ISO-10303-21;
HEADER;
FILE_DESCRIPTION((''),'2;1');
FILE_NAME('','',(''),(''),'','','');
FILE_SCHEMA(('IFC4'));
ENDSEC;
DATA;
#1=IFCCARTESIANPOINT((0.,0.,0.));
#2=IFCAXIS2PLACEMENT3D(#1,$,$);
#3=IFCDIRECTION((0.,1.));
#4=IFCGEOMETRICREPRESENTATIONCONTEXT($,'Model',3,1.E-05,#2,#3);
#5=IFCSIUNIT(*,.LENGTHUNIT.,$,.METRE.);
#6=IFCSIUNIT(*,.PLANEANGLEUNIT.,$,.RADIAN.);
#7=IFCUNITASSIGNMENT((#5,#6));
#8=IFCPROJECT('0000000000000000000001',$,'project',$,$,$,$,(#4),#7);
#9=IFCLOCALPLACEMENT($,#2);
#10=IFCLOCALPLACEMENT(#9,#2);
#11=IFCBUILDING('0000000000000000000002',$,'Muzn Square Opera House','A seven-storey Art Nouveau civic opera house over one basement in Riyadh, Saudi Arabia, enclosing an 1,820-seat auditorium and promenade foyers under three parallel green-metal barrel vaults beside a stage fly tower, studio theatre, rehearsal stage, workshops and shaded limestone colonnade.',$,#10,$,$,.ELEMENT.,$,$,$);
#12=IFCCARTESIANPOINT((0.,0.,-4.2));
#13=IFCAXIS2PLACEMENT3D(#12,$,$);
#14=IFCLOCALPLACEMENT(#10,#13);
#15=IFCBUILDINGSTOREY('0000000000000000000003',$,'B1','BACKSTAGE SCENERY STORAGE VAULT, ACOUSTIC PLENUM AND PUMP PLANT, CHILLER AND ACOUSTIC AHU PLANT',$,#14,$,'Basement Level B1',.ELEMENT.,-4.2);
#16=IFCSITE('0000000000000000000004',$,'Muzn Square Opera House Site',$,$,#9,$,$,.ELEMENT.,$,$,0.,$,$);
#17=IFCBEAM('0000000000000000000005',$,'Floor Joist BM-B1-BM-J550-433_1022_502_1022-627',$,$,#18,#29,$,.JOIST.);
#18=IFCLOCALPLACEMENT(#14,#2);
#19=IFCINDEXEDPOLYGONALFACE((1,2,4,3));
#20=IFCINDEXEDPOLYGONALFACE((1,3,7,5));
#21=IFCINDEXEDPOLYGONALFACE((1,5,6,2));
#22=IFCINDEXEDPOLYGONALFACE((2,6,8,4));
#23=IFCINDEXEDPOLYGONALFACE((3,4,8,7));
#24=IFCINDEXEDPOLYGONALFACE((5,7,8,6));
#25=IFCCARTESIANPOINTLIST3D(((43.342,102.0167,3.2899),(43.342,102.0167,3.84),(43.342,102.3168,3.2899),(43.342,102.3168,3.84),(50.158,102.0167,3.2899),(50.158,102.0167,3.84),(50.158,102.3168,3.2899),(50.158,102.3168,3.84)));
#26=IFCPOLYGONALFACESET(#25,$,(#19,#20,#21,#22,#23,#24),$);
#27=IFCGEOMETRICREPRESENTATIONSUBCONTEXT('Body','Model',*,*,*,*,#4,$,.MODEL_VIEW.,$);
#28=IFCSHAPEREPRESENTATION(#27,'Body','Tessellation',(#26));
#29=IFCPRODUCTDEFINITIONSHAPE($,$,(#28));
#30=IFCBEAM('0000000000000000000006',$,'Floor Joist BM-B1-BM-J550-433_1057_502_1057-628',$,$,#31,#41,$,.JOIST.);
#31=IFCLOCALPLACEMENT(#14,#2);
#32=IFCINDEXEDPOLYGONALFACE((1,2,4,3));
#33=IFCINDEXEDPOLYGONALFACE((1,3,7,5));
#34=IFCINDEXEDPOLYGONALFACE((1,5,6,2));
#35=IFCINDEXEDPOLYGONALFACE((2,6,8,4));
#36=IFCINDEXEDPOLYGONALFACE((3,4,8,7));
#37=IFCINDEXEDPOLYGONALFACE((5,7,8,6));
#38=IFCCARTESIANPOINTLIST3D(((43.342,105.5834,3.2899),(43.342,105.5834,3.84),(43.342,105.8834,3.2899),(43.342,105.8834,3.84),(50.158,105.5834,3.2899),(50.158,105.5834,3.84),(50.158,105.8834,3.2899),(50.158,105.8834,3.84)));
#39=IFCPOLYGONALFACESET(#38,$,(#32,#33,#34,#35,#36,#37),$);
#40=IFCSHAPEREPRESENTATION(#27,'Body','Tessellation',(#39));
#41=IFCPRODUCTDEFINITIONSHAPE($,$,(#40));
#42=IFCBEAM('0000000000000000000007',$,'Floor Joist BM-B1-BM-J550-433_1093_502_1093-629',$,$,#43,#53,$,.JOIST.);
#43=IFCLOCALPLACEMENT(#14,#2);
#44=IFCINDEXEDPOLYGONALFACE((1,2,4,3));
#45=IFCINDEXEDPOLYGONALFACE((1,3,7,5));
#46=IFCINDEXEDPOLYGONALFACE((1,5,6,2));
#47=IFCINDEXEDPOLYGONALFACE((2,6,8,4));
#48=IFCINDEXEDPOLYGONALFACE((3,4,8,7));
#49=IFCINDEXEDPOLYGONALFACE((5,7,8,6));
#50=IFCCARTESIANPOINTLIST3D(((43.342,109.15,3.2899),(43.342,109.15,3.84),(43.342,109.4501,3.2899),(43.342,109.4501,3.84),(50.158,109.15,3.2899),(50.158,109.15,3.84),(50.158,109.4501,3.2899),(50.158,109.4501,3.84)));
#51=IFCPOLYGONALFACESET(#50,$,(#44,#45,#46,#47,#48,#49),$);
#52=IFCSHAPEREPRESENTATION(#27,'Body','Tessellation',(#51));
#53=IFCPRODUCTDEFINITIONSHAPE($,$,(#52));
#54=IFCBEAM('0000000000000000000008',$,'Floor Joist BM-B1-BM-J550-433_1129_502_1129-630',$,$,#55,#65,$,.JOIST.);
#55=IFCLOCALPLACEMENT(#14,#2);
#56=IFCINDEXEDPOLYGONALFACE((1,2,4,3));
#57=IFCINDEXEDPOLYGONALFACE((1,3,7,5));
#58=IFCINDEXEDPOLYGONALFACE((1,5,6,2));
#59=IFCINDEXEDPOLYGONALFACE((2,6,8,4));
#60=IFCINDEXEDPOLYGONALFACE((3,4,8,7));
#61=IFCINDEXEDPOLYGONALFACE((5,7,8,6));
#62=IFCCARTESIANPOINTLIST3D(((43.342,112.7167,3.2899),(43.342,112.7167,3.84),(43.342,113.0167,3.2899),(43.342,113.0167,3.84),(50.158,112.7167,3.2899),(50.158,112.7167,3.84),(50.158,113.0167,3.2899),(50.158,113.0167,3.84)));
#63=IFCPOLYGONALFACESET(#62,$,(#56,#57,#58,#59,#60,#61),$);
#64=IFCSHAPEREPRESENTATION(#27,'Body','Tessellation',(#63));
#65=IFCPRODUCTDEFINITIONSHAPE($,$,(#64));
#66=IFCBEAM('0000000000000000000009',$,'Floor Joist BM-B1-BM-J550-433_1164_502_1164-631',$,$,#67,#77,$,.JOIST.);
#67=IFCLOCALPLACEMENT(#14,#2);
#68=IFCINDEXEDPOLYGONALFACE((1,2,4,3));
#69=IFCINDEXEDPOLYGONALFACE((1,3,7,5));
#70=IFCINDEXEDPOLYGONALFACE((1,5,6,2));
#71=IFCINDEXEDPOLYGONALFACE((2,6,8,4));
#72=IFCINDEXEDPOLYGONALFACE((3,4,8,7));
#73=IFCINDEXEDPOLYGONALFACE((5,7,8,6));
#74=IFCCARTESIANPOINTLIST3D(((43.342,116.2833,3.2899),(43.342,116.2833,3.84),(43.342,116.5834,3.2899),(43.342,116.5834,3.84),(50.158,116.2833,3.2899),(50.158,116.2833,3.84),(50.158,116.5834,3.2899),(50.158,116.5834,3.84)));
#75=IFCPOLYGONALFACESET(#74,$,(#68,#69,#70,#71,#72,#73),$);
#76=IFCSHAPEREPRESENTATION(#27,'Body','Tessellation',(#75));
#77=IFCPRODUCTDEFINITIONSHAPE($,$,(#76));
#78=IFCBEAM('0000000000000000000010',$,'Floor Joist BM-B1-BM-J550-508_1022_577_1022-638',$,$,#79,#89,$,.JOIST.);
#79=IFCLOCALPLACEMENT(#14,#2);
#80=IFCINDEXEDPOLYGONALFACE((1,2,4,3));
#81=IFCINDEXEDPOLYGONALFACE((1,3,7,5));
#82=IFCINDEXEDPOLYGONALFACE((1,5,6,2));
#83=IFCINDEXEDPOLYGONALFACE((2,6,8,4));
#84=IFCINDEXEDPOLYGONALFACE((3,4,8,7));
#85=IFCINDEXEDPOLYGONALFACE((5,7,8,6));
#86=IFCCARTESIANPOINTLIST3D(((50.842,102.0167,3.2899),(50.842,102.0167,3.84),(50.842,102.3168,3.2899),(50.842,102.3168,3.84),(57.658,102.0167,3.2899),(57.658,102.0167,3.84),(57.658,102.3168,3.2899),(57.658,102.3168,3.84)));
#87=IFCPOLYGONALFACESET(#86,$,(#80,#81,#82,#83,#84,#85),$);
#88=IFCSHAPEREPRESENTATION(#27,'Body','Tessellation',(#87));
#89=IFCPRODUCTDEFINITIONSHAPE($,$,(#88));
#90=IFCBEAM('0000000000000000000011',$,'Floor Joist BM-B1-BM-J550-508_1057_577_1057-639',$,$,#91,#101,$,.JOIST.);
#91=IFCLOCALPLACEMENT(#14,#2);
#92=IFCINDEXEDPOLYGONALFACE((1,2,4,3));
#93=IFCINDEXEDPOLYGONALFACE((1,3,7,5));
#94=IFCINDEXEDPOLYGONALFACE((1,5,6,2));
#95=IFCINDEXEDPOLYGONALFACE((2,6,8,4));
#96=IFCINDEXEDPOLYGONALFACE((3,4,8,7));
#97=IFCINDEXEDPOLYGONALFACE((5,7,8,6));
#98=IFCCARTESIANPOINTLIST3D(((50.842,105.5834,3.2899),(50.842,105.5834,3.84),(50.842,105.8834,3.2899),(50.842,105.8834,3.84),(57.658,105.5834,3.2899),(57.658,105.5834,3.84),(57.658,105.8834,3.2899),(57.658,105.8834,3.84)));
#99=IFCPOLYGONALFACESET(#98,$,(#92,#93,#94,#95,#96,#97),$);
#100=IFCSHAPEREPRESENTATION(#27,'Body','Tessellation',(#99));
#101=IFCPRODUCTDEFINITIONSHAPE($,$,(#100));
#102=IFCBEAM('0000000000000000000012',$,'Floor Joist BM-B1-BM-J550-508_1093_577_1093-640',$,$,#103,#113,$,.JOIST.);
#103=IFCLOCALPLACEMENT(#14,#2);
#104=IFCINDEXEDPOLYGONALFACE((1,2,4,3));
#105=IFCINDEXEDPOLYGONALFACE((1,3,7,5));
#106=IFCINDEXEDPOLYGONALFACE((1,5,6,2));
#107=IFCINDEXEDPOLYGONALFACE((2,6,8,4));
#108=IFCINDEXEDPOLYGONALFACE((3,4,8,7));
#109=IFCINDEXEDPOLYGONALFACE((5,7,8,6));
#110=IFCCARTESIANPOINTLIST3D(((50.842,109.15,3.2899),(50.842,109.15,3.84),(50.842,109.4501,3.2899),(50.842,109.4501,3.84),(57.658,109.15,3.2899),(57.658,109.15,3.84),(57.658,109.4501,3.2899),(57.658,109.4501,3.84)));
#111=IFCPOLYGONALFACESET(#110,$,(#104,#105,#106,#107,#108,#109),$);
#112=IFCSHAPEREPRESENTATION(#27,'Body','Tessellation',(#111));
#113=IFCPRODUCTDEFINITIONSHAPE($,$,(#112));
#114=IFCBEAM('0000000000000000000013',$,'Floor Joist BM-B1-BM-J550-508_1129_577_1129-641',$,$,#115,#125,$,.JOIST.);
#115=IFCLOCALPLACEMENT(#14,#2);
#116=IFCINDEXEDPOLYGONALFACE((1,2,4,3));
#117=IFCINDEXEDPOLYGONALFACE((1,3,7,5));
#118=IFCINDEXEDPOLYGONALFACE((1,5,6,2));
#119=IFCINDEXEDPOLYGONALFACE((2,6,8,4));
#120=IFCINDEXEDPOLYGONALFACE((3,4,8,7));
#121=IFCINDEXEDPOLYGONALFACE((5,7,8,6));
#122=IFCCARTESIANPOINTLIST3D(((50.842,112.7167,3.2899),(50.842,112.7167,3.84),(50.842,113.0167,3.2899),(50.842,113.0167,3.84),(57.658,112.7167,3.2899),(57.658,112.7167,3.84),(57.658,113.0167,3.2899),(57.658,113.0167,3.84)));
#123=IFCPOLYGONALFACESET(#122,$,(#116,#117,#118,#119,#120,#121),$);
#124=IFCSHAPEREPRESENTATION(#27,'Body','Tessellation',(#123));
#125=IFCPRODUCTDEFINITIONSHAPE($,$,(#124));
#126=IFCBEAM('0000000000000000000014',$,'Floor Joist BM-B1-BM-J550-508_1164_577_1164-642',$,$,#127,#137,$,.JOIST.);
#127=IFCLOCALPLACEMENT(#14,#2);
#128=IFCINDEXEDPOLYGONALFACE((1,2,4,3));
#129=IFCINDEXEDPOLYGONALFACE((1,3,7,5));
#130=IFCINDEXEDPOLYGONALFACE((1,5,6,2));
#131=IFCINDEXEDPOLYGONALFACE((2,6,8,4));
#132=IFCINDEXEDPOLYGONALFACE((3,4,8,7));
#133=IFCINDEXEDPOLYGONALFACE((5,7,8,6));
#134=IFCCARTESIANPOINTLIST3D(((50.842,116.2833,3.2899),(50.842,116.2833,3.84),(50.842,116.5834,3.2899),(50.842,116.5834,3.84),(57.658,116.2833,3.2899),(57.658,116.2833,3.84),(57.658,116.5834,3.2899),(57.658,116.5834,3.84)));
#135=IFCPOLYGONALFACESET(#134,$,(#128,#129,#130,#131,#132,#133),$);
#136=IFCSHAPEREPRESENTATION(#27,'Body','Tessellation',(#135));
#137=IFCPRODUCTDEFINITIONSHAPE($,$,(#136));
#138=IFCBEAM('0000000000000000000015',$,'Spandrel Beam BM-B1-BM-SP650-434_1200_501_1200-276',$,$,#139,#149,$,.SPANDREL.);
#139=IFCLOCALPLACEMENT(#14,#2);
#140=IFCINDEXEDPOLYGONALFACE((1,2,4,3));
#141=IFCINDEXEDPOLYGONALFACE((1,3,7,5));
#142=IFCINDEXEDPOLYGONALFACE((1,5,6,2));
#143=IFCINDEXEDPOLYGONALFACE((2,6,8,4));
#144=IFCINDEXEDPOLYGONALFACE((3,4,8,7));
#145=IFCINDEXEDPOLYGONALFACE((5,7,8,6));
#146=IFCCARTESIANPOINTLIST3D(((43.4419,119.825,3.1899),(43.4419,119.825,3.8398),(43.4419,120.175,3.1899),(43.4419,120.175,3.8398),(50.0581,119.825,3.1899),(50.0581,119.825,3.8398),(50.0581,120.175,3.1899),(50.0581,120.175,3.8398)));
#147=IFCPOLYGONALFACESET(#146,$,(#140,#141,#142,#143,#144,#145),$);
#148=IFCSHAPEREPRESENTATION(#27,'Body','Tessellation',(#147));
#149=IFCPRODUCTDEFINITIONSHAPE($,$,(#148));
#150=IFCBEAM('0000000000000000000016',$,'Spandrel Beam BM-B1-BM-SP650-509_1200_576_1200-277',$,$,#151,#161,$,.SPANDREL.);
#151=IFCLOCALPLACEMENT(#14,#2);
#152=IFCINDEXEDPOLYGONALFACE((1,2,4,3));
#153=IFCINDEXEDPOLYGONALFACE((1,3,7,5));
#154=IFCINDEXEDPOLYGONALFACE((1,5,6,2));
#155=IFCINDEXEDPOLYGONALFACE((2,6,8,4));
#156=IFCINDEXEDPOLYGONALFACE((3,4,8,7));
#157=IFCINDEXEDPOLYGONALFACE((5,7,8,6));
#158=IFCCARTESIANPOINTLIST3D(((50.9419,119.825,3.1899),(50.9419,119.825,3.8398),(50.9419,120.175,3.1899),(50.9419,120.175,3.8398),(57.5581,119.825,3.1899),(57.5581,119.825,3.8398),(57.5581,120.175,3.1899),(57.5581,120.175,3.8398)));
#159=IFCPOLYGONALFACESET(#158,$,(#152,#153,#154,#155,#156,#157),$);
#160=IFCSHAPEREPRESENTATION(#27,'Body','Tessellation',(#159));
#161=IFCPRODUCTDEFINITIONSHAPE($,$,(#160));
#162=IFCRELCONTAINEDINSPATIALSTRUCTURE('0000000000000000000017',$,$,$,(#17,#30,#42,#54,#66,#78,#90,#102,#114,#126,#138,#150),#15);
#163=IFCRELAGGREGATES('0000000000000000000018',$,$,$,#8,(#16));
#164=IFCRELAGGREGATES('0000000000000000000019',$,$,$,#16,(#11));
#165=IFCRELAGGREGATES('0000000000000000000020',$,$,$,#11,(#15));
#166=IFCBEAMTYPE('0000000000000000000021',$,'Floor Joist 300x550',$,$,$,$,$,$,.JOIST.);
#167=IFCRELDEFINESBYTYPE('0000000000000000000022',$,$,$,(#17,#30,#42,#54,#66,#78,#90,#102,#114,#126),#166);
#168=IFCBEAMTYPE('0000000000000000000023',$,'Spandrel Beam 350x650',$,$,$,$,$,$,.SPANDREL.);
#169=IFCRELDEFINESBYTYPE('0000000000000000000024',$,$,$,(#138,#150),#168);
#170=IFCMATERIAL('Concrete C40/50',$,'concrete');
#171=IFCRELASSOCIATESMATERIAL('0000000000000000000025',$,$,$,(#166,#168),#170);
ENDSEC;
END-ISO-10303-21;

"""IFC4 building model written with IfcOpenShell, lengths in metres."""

from ifc_helpers import new_model, si_unit, direction, frame, origin, origin_2d, place, context, subcontext, project, spatial, rectangle, extrude, material, material_profile, profile_set, type_object, element, save


model = new_model("IFC4")

# Units and contexts
model_context = context("Model", 3, precision=1e-05, world=origin(), true_north=direction((0.0, 1.0)))
body_context = subcontext(model_context, "Body", "Model", "MODEL_VIEW")
ifc_project = project(units=[si_unit("LENGTHUNIT", "METRE"), si_unit("PLANEANGLEUNIT", "RADIAN")], contexts=[model_context])

# Site, building, storey
site_placement = place(None, origin())
site = spatial("IfcSite", under=ifc_project, at=site_placement, Name="Muzn Square Opera House Site", CompositionType="ELEMENT", RefElevation=0.0)
building_placement = place(site_placement, origin())
building = spatial("IfcBuilding", under=site, at=building_placement, Name="Muzn Square Opera House", Description="A seven-storey Art Nouveau civic opera house over one basement in Riyadh, Saudi Arabia, enclosing an 1,820-seat auditorium and promenade foyers under three parallel green-metal barrel vaults beside a stage fly tower, studio theatre, rehearsal stage, workshops and shaded limestone colonnade.", CompositionType="ELEMENT")
storey_placement = place(building_placement, frame((0.0, 0.0, -4.2)))
storey = spatial("IfcBuildingStorey", under=building, at=storey_placement, Name="B1", Description="BACKSTAGE SCENERY STORAGE VAULT, ACOUSTIC PLENUM AND PUMP PLANT, CHILLER AND ACOUSTIC AHU PLANT", LongName="Basement Level B1", CompositionType="ELEMENT", Elevation=-4.2)

# Shared definitions
ifc_material_1 = material(Name="Concrete C40/50", Category="concrete")

# Beams
ifc_material_profile_1 = material_profile(ifc_material_1, rectangle(XDim=0.3, YDim=0.55, at=origin_2d()), Name="RCJ 300x550", Category="concrete")
ifc_profile_set_1 = profile_set([ifc_material_profile_1], Name="Concrete C40/50")
beam_type_1 = type_object("IfcBeamType", Name="Floor Joist 300x550", PredefinedType="JOIST", material=ifc_profile_set_1)
for number, where, z_axis, x_axis, name in (
    (1, (43.342, 102.1667, 3.5649), (1.0, 0.0, 0.0), (0.0, 1.0, 0.0), "Floor Joist BM-B1-BM-J550-433_1022_502_1022-627"),
    (2, (43.342, 105.7334, 3.5649), (1.0, 0.0, 0.0), (0.0, 1.0, 0.0), "Floor Joist BM-B1-BM-J550-433_1057_502_1057-628"),
    (3, (43.342, 109.3, 3.5649), (1.0, 0.0, 0.0), (0.0, 1.0, 0.0), "Floor Joist BM-B1-BM-J550-433_1093_502_1093-629"),
    (4, (43.342, 112.8667, 3.5649), (1.0, 0.0, 0.0), (0.0, 1.0, 0.0), "Floor Joist BM-B1-BM-J550-433_1129_502_1129-630"),
    (5, (43.342, 116.4333, 3.5649), (1.0, 0.0, 0.0), (0.0, 1.0, 0.0), "Floor Joist BM-B1-BM-J550-433_1164_502_1164-631"),
    (6, (50.842, 102.1667, 3.5649), (1.0, 0.0, 0.0), (0.0, 1.0, 0.0), "Floor Joist BM-B1-BM-J550-508_1022_577_1022-638"),
    (7, (50.842, 105.7334, 3.5649), (1.0, 0.0, 0.0), (0.0, 1.0, 0.0), "Floor Joist BM-B1-BM-J550-508_1057_577_1057-639"),
    (8, (50.842, 109.3, 3.5649), (1.0, 0.0, 0.0), (0.0, 1.0, 0.0), "Floor Joist BM-B1-BM-J550-508_1093_577_1093-640"),
    (9, (50.842, 112.8667, 3.5649), (1.0, 0.0, 0.0), (0.0, 1.0, 0.0), "Floor Joist BM-B1-BM-J550-508_1129_577_1129-641"),
    (10, (50.842, 116.4333, 3.5649), (1.0, 0.0, 0.0), (0.0, 1.0, 0.0), "Floor Joist BM-B1-BM-J550-508_1164_577_1164-642"),
):
    element("IfcBeam", number, at=place(storey_placement, frame(where, z_axis=z_axis, x_axis=x_axis)), inside=storey, type_object=beam_type_1, Name=name, PredefinedType="JOIST", context=body_context, shape_type="SweptSolid", body=[
        extrude(rectangle(XDim=0.3, YDim=0.55, at=origin_2d()), origin(), (0.0, 0.0, 1.0), 6.8159),
    ])
ifc_material_profile_2 = material_profile(ifc_material_1, rectangle(XDim=0.3501, YDim=0.6499, at=origin_2d()), Name="RCS 350x650", Category="concrete")
ifc_profile_set_2 = profile_set([ifc_material_profile_2], Name="Concrete C40/50")
beam_type_2 = type_object("IfcBeamType", Name="Spandrel Beam 350x650", PredefinedType="SPANDREL", material=ifc_profile_set_2)
for number, where, z_axis, x_axis, name in (
    (11, (43.4419, 120.0, 3.5149), (1.0, 0.0, 0.0), (0.0, 1.0, 0.0), "Spandrel Beam BM-B1-BM-SP650-434_1200_501_1200-276"),
    (12, (50.9419, 120.0, 3.5149), (1.0, 0.0, 0.0), (0.0, 1.0, 0.0), "Spandrel Beam BM-B1-BM-SP650-509_1200_576_1200-277"),
):
    element("IfcBeam", number, at=place(storey_placement, frame(where, z_axis=z_axis, x_axis=x_axis)), inside=storey, type_object=beam_type_2, Name=name, PredefinedType="SPANDREL", context=body_context, shape_type="SweptSolid", body=[
        extrude(rectangle(XDim=0.3501, YDim=0.6499, at=origin_2d()), origin(), (0.0, 0.0, 1.0), 6.6162),
    ])

save(model, "model.ifc")
